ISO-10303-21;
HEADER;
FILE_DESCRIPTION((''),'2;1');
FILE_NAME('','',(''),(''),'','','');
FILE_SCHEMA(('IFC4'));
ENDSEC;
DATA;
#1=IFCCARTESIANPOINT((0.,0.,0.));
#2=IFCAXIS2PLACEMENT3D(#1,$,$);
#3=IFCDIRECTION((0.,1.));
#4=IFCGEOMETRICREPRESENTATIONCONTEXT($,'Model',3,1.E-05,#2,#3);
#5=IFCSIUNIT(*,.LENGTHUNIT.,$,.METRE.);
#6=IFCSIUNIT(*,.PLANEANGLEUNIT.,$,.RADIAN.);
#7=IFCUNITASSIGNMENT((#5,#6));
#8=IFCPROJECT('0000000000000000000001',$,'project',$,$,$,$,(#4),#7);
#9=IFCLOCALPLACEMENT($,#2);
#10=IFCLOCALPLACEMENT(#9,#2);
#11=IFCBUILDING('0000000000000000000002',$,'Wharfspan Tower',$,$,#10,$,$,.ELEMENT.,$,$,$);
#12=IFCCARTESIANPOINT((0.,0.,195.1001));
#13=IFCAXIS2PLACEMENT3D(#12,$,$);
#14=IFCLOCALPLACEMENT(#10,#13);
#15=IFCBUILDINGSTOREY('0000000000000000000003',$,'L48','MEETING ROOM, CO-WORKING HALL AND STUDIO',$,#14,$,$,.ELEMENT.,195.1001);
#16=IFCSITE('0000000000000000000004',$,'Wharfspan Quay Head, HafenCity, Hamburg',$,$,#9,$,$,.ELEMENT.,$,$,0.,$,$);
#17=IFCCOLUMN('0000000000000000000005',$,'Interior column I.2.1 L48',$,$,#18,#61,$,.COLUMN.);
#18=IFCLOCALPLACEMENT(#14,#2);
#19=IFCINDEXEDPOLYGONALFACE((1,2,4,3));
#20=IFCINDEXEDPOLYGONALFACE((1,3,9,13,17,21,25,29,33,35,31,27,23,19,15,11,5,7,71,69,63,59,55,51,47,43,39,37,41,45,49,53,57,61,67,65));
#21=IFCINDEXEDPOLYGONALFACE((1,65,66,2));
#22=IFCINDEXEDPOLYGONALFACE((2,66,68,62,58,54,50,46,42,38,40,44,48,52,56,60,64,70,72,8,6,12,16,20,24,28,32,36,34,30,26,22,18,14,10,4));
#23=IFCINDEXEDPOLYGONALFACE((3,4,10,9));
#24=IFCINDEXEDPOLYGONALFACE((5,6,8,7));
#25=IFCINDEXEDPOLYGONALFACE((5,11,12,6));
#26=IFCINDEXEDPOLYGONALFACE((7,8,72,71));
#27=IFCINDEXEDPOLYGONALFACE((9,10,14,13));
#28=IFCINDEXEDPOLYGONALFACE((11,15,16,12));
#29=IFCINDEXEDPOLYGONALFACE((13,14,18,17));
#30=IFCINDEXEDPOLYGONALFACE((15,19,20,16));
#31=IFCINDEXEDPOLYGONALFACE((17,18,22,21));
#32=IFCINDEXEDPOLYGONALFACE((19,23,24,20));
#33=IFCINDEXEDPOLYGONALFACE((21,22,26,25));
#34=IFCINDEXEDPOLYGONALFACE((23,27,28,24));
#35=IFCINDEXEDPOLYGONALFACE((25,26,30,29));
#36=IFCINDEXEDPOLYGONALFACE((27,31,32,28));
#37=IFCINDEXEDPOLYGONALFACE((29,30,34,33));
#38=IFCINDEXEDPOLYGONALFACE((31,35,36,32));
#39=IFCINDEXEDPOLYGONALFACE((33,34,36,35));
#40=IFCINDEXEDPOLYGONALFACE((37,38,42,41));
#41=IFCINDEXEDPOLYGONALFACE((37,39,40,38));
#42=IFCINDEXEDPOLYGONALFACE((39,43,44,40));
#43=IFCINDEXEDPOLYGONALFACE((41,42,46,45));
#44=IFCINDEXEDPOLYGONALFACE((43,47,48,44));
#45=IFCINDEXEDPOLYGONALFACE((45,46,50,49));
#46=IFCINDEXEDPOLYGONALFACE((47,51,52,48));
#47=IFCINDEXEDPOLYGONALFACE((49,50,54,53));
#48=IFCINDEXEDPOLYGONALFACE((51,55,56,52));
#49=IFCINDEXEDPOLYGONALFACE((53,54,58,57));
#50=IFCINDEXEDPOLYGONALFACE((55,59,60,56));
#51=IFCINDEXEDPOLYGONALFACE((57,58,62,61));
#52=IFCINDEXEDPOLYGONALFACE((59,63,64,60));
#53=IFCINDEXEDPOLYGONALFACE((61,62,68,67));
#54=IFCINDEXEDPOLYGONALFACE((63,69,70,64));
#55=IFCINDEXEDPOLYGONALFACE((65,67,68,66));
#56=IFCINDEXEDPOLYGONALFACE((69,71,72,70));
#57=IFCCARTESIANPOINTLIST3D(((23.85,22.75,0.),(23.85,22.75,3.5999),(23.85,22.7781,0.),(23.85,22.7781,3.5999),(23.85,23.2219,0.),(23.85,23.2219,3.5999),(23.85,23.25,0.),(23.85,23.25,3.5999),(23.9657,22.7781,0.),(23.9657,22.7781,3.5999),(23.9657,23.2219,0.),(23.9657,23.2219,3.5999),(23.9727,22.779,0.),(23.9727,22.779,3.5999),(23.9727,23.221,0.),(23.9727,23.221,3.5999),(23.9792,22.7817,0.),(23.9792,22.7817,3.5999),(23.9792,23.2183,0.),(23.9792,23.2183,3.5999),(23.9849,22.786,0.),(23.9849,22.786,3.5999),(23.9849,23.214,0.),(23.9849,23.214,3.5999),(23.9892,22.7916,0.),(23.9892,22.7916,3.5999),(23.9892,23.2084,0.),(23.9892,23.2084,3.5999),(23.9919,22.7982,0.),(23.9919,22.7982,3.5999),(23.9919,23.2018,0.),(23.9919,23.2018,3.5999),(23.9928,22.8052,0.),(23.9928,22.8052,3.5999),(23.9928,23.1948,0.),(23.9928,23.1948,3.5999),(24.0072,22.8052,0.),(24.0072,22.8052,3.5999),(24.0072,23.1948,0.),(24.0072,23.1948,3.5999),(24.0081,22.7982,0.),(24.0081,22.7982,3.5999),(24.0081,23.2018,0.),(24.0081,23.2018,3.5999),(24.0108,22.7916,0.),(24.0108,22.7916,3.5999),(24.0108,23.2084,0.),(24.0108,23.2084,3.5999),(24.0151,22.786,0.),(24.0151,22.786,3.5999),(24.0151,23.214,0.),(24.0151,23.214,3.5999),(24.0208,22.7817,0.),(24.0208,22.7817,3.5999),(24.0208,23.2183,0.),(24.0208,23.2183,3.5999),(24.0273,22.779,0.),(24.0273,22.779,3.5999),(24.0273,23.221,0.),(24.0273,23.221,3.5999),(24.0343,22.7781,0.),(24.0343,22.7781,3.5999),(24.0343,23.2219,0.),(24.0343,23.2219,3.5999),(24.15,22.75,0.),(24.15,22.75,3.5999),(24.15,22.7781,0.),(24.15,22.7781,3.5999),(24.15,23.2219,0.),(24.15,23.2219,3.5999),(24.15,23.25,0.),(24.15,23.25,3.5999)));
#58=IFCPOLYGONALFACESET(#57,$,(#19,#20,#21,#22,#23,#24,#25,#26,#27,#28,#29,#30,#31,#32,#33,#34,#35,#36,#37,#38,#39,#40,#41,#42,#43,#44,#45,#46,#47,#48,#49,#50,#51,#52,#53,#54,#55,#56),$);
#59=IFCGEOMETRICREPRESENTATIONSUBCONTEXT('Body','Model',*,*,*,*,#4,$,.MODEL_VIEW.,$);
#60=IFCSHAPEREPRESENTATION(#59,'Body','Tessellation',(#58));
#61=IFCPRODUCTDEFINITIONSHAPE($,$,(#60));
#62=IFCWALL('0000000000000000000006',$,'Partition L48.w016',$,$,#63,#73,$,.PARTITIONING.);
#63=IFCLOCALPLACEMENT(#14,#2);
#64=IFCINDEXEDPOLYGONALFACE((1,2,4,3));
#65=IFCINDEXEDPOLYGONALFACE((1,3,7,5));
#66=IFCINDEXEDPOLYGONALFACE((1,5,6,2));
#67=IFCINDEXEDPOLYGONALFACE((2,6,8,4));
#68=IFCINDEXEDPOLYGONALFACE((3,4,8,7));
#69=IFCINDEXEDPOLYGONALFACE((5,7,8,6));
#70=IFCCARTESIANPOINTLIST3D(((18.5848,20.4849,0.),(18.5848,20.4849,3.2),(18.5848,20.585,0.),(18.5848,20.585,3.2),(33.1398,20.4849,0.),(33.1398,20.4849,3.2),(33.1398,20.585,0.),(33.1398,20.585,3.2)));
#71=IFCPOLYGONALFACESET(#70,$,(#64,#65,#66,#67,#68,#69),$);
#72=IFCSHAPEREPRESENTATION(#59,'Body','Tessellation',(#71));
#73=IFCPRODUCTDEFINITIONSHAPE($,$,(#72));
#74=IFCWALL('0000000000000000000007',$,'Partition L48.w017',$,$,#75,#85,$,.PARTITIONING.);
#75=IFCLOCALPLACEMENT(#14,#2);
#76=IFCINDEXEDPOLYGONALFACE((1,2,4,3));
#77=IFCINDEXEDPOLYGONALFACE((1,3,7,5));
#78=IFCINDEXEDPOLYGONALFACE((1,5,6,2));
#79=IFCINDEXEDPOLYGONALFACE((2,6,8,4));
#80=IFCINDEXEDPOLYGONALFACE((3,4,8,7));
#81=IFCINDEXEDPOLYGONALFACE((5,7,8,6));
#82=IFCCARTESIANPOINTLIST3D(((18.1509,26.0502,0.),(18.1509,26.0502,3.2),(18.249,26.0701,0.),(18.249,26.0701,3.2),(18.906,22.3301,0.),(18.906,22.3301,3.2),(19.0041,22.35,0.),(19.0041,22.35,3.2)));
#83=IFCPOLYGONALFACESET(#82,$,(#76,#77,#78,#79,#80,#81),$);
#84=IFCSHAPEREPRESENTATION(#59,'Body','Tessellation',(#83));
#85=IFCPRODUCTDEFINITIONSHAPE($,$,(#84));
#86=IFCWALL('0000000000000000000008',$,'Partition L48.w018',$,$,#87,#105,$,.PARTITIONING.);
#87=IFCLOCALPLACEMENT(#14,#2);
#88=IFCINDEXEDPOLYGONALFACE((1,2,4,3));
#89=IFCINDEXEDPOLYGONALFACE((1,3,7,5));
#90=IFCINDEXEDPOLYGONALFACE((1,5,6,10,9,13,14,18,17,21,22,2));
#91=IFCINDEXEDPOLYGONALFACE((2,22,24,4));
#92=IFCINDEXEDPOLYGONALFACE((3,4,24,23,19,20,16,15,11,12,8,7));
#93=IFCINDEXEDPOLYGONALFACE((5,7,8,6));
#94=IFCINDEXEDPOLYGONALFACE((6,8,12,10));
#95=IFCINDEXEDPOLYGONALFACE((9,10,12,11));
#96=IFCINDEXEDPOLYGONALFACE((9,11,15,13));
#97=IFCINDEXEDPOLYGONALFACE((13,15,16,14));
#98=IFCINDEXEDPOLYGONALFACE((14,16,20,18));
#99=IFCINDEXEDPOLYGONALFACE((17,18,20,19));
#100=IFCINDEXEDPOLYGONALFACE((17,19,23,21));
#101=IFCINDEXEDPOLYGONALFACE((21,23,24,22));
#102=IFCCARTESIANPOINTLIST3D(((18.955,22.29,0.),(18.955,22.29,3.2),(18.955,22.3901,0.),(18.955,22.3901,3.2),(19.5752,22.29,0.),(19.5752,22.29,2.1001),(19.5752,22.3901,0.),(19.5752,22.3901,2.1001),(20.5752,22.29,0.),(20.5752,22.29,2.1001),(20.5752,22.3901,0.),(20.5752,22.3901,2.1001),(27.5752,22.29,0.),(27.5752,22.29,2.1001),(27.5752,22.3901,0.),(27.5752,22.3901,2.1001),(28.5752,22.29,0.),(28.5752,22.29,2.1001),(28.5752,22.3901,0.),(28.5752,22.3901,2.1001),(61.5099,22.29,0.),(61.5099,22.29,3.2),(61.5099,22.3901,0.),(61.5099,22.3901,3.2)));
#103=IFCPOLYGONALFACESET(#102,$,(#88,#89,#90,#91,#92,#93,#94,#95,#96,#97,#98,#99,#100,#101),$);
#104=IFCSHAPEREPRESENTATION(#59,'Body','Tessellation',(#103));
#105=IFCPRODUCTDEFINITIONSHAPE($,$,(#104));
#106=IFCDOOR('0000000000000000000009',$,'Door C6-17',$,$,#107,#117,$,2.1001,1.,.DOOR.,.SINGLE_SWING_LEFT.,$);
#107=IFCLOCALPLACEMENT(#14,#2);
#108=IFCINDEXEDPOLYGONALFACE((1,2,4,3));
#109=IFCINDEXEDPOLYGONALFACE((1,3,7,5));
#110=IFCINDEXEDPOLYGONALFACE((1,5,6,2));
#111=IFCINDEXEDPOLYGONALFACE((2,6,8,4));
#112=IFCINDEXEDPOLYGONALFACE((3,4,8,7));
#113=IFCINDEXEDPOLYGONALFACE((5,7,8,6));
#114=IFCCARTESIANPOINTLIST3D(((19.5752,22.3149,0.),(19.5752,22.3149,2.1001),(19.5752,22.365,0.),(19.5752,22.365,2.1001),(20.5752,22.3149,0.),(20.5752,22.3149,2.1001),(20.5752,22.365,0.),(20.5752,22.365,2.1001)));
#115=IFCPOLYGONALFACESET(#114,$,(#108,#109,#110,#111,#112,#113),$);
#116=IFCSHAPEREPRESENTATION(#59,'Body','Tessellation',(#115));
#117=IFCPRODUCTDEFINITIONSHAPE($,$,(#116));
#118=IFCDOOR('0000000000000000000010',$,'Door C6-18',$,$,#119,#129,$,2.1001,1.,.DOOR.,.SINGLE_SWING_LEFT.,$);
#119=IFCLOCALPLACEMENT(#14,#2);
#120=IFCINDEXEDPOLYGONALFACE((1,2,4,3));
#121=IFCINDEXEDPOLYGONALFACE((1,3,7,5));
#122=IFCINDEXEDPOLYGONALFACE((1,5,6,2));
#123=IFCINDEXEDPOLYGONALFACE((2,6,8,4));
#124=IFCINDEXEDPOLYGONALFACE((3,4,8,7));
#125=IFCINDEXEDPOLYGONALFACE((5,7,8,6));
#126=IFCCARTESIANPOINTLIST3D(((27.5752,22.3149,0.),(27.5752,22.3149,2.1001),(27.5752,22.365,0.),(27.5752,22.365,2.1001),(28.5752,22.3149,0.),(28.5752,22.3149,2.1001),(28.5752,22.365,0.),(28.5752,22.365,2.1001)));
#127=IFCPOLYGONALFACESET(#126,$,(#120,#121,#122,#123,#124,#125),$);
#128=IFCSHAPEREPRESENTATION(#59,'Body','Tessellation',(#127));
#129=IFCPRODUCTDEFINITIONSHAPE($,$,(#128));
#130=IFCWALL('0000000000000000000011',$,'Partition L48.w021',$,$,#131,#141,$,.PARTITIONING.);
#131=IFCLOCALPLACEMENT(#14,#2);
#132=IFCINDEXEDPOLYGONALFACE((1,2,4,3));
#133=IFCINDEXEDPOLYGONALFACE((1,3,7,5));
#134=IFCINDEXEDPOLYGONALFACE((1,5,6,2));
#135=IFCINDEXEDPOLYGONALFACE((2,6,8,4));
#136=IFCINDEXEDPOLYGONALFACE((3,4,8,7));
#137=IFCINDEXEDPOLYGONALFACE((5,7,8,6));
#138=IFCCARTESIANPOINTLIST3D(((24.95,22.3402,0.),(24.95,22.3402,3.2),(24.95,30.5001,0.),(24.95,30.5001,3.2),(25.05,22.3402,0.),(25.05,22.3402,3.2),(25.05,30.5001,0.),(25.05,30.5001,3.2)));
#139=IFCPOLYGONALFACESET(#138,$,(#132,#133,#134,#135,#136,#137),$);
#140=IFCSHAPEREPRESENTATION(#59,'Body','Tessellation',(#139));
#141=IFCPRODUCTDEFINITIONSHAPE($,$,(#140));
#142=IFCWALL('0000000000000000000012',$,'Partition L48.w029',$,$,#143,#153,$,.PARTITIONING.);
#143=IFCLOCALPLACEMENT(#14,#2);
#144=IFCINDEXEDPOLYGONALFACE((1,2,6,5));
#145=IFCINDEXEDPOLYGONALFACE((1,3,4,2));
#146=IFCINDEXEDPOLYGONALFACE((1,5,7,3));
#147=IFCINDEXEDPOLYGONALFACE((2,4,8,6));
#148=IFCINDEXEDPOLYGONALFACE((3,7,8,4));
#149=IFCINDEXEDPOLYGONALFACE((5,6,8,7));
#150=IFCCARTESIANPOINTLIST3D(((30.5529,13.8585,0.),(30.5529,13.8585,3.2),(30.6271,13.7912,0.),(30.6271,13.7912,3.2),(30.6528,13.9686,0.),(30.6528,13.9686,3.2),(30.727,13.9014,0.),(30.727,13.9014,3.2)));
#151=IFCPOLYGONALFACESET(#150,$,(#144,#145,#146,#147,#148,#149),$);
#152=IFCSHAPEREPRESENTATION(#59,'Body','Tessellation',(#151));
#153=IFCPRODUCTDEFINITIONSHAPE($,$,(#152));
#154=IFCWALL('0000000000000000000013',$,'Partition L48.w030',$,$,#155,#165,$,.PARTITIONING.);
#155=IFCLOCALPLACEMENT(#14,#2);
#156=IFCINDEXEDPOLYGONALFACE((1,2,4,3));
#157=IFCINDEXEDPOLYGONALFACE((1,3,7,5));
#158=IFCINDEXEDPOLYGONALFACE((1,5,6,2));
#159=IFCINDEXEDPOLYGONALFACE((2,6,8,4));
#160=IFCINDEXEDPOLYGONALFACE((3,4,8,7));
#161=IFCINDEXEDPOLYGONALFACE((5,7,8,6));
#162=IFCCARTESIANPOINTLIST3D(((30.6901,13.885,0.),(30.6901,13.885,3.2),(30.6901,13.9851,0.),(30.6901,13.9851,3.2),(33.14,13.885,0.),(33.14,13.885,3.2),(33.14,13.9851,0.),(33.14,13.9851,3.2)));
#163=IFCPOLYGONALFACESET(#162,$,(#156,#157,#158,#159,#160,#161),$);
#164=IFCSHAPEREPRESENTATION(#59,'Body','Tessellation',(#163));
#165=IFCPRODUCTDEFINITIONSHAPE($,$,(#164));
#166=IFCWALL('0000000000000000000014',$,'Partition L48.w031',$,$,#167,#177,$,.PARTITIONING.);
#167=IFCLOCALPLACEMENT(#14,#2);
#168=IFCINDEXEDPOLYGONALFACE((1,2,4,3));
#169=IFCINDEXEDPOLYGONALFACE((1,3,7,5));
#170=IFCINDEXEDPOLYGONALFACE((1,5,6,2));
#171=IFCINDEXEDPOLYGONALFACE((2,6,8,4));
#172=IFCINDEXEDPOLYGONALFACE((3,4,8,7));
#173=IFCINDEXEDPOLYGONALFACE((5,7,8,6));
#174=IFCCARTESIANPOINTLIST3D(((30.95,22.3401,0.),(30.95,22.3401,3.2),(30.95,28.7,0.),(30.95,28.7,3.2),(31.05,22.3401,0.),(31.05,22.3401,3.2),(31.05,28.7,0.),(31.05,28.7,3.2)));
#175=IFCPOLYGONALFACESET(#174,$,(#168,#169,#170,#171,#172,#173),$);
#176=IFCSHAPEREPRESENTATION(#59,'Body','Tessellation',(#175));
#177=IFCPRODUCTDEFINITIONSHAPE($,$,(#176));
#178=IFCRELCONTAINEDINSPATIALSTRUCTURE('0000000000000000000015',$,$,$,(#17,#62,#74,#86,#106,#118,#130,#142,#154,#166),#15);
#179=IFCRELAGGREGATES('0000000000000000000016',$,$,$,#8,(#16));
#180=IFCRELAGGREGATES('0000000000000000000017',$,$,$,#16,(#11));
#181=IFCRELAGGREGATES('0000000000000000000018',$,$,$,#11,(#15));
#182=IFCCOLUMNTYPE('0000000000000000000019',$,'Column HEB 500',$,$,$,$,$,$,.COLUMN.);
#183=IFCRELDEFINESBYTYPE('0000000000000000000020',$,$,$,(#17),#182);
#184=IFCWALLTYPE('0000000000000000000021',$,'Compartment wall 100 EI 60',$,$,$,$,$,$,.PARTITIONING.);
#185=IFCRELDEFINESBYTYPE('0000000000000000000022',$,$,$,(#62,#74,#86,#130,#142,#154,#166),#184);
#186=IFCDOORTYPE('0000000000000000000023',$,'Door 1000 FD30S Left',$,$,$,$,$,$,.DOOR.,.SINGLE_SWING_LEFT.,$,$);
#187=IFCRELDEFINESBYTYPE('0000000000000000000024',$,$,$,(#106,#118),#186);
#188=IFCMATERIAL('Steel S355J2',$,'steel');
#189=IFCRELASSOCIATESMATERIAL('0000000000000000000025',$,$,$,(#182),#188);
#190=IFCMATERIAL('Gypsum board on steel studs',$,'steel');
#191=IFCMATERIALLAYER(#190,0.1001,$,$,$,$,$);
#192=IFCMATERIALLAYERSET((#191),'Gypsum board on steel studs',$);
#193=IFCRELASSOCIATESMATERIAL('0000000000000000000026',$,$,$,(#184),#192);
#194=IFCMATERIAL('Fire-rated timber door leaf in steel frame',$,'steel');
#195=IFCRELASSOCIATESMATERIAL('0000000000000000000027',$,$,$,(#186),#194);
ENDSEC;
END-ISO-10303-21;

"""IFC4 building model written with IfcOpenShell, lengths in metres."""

from ifc_helpers import new_model, si_unit, direction, frame, frame_2d, origin, origin_2d, place, context, subcontext, project, spatial, rectangle, i_section, extrude, material, layer, layer_set, material_profile, profile_set, type_object, element, fill, save


model = new_model("IFC4")

# Units and contexts
model_context = context("Model", 3, precision=1e-05, world=origin(), true_north=direction((0.0, 1.0)))
body_context = subcontext(model_context, "Body", "Model", "MODEL_VIEW")
ifc_project = project(units=[si_unit("LENGTHUNIT", "METRE"), si_unit("PLANEANGLEUNIT", "RADIAN")], contexts=[model_context])

# Site, building, storey
site_placement = place(None, origin())
site = spatial("IfcSite", under=ifc_project, at=site_placement, Name="Wharfspan Quay Head, HafenCity, Hamburg", CompositionType="ELEMENT", RefElevation=0.0)
building_placement = place(site_placement, origin())
building = spatial("IfcBuilding", under=site, at=building_placement, Name="Wharfspan Tower", CompositionType="ELEMENT")
storey_placement = place(building_placement, frame((0.0, 0.0, 195.1001)))
storey = spatial("IfcBuildingStorey", under=building, at=storey_placement, Name="L48", Description="MEETING ROOM, CO-WORKING HALL AND STUDIO", CompositionType="ELEMENT", Elevation=195.1001)

# Column
ifc_material_1 = material(Name="Steel S355J2", Category="steel")
ifc_material_profile = material_profile(ifc_material_1, i_section(OverallWidth=0.3, OverallDepth=0.5, WebThickness=0.0144, FlangeThickness=0.0281, FilletRadius=0.0271, at=origin_2d()))
ifc_profile_set = profile_set([ifc_material_profile], Name="Steel S355J2")
column_type = type_object("IfcColumnType", Name="Column HEB 500", PredefinedType="COLUMN", material=ifc_profile_set)
column_placement = place(storey_placement, frame((24.0, 23.0, 0.0), z_axis=(0.0, 0.0, 1.0), x_axis=(1.0, 0.0, 0.0)))
element("IfcColumn", 1, at=column_placement, inside=storey, type_object=column_type, Name="Interior column I.2.1 L48", PredefinedType="COLUMN", context=body_context, shape_type="SweptSolid", body=[
    extrude(i_section(OverallWidth=0.3, OverallDepth=0.5, WebThickness=0.0144, FlangeThickness=0.0281, FilletRadius=0.0271, at=origin_2d()), origin(), (0.0, 0.0, 1.0), 3.5999),
])

# Walls
ifc_material_2 = material(Name="Gypsum board on steel studs", Category="steel")
ifc_layer_1 = layer(ifc_material_2, 0.1001)
ifc_layer_set_1 = layer_set([ifc_layer_1], Name="Gypsum board on steel studs")
wall_type_1 = type_object("IfcWallType", Name="Compartment wall 100 EI 60", PredefinedType="PARTITIONING", material=ifc_layer_set_1)
wall_1_placement = place(storey_placement, frame((18.585, 20.5349, 0.0), z_axis=(0.0, 0.0, 1.0), x_axis=(1.0, 0.0, 0.0)))
element("IfcWall", 2, at=wall_1_placement, inside=storey, type_object=wall_type_1, Name="Partition L48.w016", PredefinedType="PARTITIONING", context=body_context, shape_type="SweptSolid", body=[
    extrude(rectangle(XDim=14.5549, YDim=0.1001, at=frame_2d((7.2773, 0.0))), origin(), (0.0, 0.0, 1.0), 3.2),
])
wall_2_placement = place(storey_placement, frame((18.9551, 22.3401, 0.0), z_axis=(0.0, 0.0, 1.0), x_axis=(-0.198935, 0.980011, 0.0)))
element("IfcWall", 3, at=wall_2_placement, inside=storey, type_object=wall_type_1, Name="Partition L48.w017", PredefinedType="PARTITIONING", context=body_context, shape_type="SweptSolid", body=[
    extrude(rectangle(XDim=3.7959, YDim=0.1001, at=frame_2d((1.8979, 0.0))), origin(), (0.0, 0.0, 1.0), 3.2),
])

# Wall, openings, doors
wall_3_placement = place(storey_placement, frame((18.9551, 22.3401, 0.0), z_axis=(0.0, 0.0, 1.0), x_axis=(1.0, 0.0, 0.0)))
wall_3 = element("IfcWall", 4, at=wall_3_placement, inside=storey, type_object=wall_type_1, Name="Partition L48.w018", PredefinedType="PARTITIONING", context=body_context, shape_type="SweptSolid", body=[
    extrude(rectangle(XDim=42.5549, YDim=0.1001, at=frame_2d((21.2773, 0.0))), origin(), (0.0, 0.0, 1.0), 3.2),
])
opening_1_placement = place(wall_3_placement, frame((0.6201, 0.0, 0.0)))
opening_1 = element("IfcOpeningElement", 5, at=opening_1_placement, cuts=wall_3, PredefinedType="OPENING", context=body_context, shape_type="SweptSolid", body=[
    extrude(rectangle(XDim=1.0, YDim=2.1001, at=frame_2d((0.5, 1.05))), frame((0.0, 0.0601, 0.0), z_axis=(0.0, -1.0, 0.0), x_axis=(1.0, 0.0, 0.0)), (0.0, 0.0, 1.0), 0.1201),
])
opening_2_placement = place(wall_3_placement, frame((8.6201, 0.0, 0.0)))
opening_2 = element("IfcOpeningElement", 6, at=opening_2_placement, cuts=wall_3, PredefinedType="OPENING", context=body_context, shape_type="SweptSolid", body=[
    extrude(rectangle(XDim=1.0, YDim=2.1001, at=frame_2d((0.5, 1.05))), frame((0.0, 0.0601, 0.0), z_axis=(0.0, -1.0, 0.0), x_axis=(1.0, 0.0, 0.0)), (0.0, 0.0, 1.0), 0.1201),
])
ifc_material_3 = material(Name="Fire-rated timber door leaf in steel frame", Category="steel")
door_type_1 = type_object("IfcDoorType", Name="Door 1000 FD30S Left", OperationType="SINGLE_SWING_LEFT", PredefinedType="DOOR", material=ifc_material_3)
door_1_placement = place(opening_1_placement, origin())
door_1 = element("IfcDoor", 7, at=door_1_placement, inside=storey, type_object=door_type_1, Name="Door C6-17", OperationType="SINGLE_SWING_LEFT", OverallHeight=2.1001, OverallWidth=1.0, PredefinedType="DOOR", context=body_context, shape_type="SweptSolid", body=[
    extrude(rectangle(XDim=1.0, YDim=2.1001, at=frame_2d((0.5, 1.05))), frame((0.0, 0.0249, 0.0), z_axis=(0.0, -1.0, 0.0), x_axis=(1.0, 0.0, 0.0)), (0.0, 0.0, 1.0), 0.05),
])
fill(opening_1, door_1)
door_2_placement = place(opening_2_placement, origin())
door_2 = element("IfcDoor", 8, at=door_2_placement, inside=storey, type_object=door_type_1, Name="Door C6-18", OperationType="SINGLE_SWING_LEFT", OverallHeight=2.1001, OverallWidth=1.0, PredefinedType="DOOR", context=body_context, shape_type="SweptSolid", body=[
    extrude(rectangle(XDim=1.0, YDim=2.1001, at=frame_2d((0.5, 1.05))), frame((0.0, 0.0249, 0.0), z_axis=(0.0, -1.0, 0.0), x_axis=(1.0, 0.0, 0.0)), (0.0, 0.0, 1.0), 0.05),
])
fill(opening_2, door_2)

# Walls
wall_4_placement = place(storey_placement, frame((25.0, 22.3401, 0.0), z_axis=(0.0, 0.0, 1.0), x_axis=(0.0, 1.0, 0.0)))
element("IfcWall", 9, at=wall_4_placement, inside=storey, type_object=wall_type_1, Name="Partition L48.w021", PredefinedType="PARTITIONING", context=body_context, shape_type="SweptSolid", body=[
    extrude(rectangle(XDim=8.1599, YDim=0.1001, at=frame_2d((4.0801, 0.0))), origin(), (0.0, 0.0, 1.0), 3.2),
])
wall_5_placement = place(storey_placement, frame((30.5901, 13.825, 0.0), z_axis=(0.0, 0.0, 1.0), x_axis=(0.671773, 0.740757, 0.0)))
element("IfcWall", 10, at=wall_5_placement, inside=storey, type_object=wall_type_1, Name="Partition L48.w029", PredefinedType="PARTITIONING", context=body_context, shape_type="SweptSolid", body=[
    extrude(rectangle(XDim=0.1487, YDim=0.1001, at=frame_2d((0.0742, 0.0))), origin(), (0.0, 0.0, 1.0), 3.2),
])
wall_6_placement = place(storey_placement, frame((30.6899, 13.9351, 0.0), z_axis=(0.0, 0.0, 1.0), x_axis=(1.0, 0.0, 0.0)))
element("IfcWall", 11, at=wall_6_placement, inside=storey, type_object=wall_type_1, Name="Partition L48.w030", PredefinedType="PARTITIONING", context=body_context, shape_type="SweptSolid", body=[
    extrude(rectangle(XDim=2.45, YDim=0.1001, at=frame_2d((1.2251, 0.0))), origin(), (0.0, 0.0, 1.0), 3.2),
])
wall_7_placement = place(storey_placement, frame((31.0, 22.3401, 0.0), z_axis=(0.0, 0.0, 1.0), x_axis=(0.0, 1.0, 0.0)))
element("IfcWall", 12, at=wall_7_placement, inside=storey, type_object=wall_type_1, Name="Partition L48.w031", PredefinedType="PARTITIONING", context=body_context, shape_type="SweptSolid", body=[
    extrude(rectangle(XDim=6.3599, YDim=0.1001, at=frame_2d((3.1799, 0.0))), origin(), (0.0, 0.0, 1.0), 3.2),
])

save(model, "model.ifc")
